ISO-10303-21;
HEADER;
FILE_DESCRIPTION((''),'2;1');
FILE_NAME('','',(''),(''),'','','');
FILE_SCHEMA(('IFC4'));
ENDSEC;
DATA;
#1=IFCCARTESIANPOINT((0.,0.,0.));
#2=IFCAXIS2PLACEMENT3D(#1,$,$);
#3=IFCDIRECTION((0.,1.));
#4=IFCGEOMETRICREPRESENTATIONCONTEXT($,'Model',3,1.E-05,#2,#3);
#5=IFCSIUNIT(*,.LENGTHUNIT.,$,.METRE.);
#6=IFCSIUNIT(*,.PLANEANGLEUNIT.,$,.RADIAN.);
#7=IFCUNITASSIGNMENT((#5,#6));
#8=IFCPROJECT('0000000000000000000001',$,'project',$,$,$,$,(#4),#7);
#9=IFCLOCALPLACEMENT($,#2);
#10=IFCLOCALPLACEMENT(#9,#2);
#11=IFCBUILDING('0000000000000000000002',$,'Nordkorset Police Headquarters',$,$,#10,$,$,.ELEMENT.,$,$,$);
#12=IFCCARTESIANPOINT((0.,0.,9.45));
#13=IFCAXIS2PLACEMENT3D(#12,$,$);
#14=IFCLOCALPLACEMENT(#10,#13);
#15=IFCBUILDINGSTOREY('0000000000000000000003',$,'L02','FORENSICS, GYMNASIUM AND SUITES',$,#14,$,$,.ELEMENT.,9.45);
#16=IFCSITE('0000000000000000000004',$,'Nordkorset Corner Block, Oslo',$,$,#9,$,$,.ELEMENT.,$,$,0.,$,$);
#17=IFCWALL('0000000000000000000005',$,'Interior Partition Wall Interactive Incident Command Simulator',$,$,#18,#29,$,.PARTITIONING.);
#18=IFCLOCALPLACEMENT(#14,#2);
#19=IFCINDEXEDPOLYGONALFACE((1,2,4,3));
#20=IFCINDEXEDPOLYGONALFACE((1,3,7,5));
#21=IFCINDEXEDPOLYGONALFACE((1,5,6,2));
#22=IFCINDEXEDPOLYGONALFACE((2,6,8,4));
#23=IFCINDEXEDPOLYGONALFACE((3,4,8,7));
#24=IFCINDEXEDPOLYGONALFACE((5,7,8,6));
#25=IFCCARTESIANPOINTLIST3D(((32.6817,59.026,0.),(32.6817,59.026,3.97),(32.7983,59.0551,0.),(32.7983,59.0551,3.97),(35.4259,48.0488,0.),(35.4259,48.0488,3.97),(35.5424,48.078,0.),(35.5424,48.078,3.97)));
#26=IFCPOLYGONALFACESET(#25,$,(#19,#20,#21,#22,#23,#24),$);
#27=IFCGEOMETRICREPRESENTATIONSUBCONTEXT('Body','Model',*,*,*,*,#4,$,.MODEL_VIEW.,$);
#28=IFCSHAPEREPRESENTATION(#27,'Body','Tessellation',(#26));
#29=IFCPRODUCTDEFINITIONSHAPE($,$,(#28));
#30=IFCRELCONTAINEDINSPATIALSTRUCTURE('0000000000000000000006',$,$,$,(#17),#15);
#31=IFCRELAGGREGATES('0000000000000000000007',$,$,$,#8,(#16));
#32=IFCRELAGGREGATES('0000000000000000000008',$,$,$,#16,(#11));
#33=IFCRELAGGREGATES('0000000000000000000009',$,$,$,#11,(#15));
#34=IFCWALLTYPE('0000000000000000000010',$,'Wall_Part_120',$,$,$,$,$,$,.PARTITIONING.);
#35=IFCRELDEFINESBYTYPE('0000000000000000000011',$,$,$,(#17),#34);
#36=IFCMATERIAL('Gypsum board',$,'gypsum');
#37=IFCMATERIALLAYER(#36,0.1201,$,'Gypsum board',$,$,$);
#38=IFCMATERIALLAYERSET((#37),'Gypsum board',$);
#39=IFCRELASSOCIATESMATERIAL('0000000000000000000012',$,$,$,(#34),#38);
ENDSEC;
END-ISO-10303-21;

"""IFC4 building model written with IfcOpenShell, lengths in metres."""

from ifc_helpers import new_model, si_unit, direction, frame, frame_2d, origin, place, context, subcontext, project, spatial, rectangle, extrude, material, layer, layer_set, type_object, element, save


model = new_model("IFC4")

# Units and contexts
model_context = context("Model", 3, precision=1e-05, world=origin(), true_north=direction((0.0, 1.0)))
body_context = subcontext(model_context, "Body", "Model", "MODEL_VIEW")
ifc_project = project(units=[si_unit("LENGTHUNIT", "METRE"), si_unit("PLANEANGLEUNIT", "RADIAN")], contexts=[model_context])

# Site, building, storey
site_placement = place(None, origin())
site = spatial("IfcSite", under=ifc_project, at=site_placement, Name="Nordkorset Corner Block, Oslo", CompositionType="ELEMENT", RefElevation=0.0)
building_placement = place(site_placement, origin())
building = spatial("IfcBuilding", under=site, at=building_placement, Name="Nordkorset Police Headquarters", CompositionType="ELEMENT")
storey_placement = place(building_placement, frame((0.0, 0.0, 9.45)))
storey = spatial("IfcBuildingStorey", under=building, at=storey_placement, Name="L02", Description="FORENSICS, GYMNASIUM AND SUITES", CompositionType="ELEMENT", Elevation=9.45)

# Wall
ifc_material_1 = material(Name="Gypsum board", Category="gypsum")
ifc_layer_1 = layer(ifc_material_1, 0.1201, Name="Gypsum board")
ifc_layer_set_1 = layer_set([ifc_layer_1], Name="Gypsum board")
wall_type = type_object("IfcWallType", Name="Wall_Part_120", PredefinedType="PARTITIONING", material=ifc_layer_set_1)
wall_placement = place(storey_placement, frame((32.74, 59.0405, 0.0), z_axis=(0.0, 0.0, 1.0), x_axis=(0.242525, -0.970145, 0.0)))
element("IfcWall", 1, at=wall_placement, inside=storey, type_object=wall_type, Name="Interior Partition Wall Interactive Incident Command Simulator", PredefinedType="PARTITIONING", context=body_context, shape_type="SweptSolid", body=[
    extrude(rectangle(XDim=11.3149, YDim=0.1201, at=frame_2d((5.6575, 0.0))), origin(), (0.0, 0.0, 1.0), 3.97),
])

save(model, "model.ifc")
